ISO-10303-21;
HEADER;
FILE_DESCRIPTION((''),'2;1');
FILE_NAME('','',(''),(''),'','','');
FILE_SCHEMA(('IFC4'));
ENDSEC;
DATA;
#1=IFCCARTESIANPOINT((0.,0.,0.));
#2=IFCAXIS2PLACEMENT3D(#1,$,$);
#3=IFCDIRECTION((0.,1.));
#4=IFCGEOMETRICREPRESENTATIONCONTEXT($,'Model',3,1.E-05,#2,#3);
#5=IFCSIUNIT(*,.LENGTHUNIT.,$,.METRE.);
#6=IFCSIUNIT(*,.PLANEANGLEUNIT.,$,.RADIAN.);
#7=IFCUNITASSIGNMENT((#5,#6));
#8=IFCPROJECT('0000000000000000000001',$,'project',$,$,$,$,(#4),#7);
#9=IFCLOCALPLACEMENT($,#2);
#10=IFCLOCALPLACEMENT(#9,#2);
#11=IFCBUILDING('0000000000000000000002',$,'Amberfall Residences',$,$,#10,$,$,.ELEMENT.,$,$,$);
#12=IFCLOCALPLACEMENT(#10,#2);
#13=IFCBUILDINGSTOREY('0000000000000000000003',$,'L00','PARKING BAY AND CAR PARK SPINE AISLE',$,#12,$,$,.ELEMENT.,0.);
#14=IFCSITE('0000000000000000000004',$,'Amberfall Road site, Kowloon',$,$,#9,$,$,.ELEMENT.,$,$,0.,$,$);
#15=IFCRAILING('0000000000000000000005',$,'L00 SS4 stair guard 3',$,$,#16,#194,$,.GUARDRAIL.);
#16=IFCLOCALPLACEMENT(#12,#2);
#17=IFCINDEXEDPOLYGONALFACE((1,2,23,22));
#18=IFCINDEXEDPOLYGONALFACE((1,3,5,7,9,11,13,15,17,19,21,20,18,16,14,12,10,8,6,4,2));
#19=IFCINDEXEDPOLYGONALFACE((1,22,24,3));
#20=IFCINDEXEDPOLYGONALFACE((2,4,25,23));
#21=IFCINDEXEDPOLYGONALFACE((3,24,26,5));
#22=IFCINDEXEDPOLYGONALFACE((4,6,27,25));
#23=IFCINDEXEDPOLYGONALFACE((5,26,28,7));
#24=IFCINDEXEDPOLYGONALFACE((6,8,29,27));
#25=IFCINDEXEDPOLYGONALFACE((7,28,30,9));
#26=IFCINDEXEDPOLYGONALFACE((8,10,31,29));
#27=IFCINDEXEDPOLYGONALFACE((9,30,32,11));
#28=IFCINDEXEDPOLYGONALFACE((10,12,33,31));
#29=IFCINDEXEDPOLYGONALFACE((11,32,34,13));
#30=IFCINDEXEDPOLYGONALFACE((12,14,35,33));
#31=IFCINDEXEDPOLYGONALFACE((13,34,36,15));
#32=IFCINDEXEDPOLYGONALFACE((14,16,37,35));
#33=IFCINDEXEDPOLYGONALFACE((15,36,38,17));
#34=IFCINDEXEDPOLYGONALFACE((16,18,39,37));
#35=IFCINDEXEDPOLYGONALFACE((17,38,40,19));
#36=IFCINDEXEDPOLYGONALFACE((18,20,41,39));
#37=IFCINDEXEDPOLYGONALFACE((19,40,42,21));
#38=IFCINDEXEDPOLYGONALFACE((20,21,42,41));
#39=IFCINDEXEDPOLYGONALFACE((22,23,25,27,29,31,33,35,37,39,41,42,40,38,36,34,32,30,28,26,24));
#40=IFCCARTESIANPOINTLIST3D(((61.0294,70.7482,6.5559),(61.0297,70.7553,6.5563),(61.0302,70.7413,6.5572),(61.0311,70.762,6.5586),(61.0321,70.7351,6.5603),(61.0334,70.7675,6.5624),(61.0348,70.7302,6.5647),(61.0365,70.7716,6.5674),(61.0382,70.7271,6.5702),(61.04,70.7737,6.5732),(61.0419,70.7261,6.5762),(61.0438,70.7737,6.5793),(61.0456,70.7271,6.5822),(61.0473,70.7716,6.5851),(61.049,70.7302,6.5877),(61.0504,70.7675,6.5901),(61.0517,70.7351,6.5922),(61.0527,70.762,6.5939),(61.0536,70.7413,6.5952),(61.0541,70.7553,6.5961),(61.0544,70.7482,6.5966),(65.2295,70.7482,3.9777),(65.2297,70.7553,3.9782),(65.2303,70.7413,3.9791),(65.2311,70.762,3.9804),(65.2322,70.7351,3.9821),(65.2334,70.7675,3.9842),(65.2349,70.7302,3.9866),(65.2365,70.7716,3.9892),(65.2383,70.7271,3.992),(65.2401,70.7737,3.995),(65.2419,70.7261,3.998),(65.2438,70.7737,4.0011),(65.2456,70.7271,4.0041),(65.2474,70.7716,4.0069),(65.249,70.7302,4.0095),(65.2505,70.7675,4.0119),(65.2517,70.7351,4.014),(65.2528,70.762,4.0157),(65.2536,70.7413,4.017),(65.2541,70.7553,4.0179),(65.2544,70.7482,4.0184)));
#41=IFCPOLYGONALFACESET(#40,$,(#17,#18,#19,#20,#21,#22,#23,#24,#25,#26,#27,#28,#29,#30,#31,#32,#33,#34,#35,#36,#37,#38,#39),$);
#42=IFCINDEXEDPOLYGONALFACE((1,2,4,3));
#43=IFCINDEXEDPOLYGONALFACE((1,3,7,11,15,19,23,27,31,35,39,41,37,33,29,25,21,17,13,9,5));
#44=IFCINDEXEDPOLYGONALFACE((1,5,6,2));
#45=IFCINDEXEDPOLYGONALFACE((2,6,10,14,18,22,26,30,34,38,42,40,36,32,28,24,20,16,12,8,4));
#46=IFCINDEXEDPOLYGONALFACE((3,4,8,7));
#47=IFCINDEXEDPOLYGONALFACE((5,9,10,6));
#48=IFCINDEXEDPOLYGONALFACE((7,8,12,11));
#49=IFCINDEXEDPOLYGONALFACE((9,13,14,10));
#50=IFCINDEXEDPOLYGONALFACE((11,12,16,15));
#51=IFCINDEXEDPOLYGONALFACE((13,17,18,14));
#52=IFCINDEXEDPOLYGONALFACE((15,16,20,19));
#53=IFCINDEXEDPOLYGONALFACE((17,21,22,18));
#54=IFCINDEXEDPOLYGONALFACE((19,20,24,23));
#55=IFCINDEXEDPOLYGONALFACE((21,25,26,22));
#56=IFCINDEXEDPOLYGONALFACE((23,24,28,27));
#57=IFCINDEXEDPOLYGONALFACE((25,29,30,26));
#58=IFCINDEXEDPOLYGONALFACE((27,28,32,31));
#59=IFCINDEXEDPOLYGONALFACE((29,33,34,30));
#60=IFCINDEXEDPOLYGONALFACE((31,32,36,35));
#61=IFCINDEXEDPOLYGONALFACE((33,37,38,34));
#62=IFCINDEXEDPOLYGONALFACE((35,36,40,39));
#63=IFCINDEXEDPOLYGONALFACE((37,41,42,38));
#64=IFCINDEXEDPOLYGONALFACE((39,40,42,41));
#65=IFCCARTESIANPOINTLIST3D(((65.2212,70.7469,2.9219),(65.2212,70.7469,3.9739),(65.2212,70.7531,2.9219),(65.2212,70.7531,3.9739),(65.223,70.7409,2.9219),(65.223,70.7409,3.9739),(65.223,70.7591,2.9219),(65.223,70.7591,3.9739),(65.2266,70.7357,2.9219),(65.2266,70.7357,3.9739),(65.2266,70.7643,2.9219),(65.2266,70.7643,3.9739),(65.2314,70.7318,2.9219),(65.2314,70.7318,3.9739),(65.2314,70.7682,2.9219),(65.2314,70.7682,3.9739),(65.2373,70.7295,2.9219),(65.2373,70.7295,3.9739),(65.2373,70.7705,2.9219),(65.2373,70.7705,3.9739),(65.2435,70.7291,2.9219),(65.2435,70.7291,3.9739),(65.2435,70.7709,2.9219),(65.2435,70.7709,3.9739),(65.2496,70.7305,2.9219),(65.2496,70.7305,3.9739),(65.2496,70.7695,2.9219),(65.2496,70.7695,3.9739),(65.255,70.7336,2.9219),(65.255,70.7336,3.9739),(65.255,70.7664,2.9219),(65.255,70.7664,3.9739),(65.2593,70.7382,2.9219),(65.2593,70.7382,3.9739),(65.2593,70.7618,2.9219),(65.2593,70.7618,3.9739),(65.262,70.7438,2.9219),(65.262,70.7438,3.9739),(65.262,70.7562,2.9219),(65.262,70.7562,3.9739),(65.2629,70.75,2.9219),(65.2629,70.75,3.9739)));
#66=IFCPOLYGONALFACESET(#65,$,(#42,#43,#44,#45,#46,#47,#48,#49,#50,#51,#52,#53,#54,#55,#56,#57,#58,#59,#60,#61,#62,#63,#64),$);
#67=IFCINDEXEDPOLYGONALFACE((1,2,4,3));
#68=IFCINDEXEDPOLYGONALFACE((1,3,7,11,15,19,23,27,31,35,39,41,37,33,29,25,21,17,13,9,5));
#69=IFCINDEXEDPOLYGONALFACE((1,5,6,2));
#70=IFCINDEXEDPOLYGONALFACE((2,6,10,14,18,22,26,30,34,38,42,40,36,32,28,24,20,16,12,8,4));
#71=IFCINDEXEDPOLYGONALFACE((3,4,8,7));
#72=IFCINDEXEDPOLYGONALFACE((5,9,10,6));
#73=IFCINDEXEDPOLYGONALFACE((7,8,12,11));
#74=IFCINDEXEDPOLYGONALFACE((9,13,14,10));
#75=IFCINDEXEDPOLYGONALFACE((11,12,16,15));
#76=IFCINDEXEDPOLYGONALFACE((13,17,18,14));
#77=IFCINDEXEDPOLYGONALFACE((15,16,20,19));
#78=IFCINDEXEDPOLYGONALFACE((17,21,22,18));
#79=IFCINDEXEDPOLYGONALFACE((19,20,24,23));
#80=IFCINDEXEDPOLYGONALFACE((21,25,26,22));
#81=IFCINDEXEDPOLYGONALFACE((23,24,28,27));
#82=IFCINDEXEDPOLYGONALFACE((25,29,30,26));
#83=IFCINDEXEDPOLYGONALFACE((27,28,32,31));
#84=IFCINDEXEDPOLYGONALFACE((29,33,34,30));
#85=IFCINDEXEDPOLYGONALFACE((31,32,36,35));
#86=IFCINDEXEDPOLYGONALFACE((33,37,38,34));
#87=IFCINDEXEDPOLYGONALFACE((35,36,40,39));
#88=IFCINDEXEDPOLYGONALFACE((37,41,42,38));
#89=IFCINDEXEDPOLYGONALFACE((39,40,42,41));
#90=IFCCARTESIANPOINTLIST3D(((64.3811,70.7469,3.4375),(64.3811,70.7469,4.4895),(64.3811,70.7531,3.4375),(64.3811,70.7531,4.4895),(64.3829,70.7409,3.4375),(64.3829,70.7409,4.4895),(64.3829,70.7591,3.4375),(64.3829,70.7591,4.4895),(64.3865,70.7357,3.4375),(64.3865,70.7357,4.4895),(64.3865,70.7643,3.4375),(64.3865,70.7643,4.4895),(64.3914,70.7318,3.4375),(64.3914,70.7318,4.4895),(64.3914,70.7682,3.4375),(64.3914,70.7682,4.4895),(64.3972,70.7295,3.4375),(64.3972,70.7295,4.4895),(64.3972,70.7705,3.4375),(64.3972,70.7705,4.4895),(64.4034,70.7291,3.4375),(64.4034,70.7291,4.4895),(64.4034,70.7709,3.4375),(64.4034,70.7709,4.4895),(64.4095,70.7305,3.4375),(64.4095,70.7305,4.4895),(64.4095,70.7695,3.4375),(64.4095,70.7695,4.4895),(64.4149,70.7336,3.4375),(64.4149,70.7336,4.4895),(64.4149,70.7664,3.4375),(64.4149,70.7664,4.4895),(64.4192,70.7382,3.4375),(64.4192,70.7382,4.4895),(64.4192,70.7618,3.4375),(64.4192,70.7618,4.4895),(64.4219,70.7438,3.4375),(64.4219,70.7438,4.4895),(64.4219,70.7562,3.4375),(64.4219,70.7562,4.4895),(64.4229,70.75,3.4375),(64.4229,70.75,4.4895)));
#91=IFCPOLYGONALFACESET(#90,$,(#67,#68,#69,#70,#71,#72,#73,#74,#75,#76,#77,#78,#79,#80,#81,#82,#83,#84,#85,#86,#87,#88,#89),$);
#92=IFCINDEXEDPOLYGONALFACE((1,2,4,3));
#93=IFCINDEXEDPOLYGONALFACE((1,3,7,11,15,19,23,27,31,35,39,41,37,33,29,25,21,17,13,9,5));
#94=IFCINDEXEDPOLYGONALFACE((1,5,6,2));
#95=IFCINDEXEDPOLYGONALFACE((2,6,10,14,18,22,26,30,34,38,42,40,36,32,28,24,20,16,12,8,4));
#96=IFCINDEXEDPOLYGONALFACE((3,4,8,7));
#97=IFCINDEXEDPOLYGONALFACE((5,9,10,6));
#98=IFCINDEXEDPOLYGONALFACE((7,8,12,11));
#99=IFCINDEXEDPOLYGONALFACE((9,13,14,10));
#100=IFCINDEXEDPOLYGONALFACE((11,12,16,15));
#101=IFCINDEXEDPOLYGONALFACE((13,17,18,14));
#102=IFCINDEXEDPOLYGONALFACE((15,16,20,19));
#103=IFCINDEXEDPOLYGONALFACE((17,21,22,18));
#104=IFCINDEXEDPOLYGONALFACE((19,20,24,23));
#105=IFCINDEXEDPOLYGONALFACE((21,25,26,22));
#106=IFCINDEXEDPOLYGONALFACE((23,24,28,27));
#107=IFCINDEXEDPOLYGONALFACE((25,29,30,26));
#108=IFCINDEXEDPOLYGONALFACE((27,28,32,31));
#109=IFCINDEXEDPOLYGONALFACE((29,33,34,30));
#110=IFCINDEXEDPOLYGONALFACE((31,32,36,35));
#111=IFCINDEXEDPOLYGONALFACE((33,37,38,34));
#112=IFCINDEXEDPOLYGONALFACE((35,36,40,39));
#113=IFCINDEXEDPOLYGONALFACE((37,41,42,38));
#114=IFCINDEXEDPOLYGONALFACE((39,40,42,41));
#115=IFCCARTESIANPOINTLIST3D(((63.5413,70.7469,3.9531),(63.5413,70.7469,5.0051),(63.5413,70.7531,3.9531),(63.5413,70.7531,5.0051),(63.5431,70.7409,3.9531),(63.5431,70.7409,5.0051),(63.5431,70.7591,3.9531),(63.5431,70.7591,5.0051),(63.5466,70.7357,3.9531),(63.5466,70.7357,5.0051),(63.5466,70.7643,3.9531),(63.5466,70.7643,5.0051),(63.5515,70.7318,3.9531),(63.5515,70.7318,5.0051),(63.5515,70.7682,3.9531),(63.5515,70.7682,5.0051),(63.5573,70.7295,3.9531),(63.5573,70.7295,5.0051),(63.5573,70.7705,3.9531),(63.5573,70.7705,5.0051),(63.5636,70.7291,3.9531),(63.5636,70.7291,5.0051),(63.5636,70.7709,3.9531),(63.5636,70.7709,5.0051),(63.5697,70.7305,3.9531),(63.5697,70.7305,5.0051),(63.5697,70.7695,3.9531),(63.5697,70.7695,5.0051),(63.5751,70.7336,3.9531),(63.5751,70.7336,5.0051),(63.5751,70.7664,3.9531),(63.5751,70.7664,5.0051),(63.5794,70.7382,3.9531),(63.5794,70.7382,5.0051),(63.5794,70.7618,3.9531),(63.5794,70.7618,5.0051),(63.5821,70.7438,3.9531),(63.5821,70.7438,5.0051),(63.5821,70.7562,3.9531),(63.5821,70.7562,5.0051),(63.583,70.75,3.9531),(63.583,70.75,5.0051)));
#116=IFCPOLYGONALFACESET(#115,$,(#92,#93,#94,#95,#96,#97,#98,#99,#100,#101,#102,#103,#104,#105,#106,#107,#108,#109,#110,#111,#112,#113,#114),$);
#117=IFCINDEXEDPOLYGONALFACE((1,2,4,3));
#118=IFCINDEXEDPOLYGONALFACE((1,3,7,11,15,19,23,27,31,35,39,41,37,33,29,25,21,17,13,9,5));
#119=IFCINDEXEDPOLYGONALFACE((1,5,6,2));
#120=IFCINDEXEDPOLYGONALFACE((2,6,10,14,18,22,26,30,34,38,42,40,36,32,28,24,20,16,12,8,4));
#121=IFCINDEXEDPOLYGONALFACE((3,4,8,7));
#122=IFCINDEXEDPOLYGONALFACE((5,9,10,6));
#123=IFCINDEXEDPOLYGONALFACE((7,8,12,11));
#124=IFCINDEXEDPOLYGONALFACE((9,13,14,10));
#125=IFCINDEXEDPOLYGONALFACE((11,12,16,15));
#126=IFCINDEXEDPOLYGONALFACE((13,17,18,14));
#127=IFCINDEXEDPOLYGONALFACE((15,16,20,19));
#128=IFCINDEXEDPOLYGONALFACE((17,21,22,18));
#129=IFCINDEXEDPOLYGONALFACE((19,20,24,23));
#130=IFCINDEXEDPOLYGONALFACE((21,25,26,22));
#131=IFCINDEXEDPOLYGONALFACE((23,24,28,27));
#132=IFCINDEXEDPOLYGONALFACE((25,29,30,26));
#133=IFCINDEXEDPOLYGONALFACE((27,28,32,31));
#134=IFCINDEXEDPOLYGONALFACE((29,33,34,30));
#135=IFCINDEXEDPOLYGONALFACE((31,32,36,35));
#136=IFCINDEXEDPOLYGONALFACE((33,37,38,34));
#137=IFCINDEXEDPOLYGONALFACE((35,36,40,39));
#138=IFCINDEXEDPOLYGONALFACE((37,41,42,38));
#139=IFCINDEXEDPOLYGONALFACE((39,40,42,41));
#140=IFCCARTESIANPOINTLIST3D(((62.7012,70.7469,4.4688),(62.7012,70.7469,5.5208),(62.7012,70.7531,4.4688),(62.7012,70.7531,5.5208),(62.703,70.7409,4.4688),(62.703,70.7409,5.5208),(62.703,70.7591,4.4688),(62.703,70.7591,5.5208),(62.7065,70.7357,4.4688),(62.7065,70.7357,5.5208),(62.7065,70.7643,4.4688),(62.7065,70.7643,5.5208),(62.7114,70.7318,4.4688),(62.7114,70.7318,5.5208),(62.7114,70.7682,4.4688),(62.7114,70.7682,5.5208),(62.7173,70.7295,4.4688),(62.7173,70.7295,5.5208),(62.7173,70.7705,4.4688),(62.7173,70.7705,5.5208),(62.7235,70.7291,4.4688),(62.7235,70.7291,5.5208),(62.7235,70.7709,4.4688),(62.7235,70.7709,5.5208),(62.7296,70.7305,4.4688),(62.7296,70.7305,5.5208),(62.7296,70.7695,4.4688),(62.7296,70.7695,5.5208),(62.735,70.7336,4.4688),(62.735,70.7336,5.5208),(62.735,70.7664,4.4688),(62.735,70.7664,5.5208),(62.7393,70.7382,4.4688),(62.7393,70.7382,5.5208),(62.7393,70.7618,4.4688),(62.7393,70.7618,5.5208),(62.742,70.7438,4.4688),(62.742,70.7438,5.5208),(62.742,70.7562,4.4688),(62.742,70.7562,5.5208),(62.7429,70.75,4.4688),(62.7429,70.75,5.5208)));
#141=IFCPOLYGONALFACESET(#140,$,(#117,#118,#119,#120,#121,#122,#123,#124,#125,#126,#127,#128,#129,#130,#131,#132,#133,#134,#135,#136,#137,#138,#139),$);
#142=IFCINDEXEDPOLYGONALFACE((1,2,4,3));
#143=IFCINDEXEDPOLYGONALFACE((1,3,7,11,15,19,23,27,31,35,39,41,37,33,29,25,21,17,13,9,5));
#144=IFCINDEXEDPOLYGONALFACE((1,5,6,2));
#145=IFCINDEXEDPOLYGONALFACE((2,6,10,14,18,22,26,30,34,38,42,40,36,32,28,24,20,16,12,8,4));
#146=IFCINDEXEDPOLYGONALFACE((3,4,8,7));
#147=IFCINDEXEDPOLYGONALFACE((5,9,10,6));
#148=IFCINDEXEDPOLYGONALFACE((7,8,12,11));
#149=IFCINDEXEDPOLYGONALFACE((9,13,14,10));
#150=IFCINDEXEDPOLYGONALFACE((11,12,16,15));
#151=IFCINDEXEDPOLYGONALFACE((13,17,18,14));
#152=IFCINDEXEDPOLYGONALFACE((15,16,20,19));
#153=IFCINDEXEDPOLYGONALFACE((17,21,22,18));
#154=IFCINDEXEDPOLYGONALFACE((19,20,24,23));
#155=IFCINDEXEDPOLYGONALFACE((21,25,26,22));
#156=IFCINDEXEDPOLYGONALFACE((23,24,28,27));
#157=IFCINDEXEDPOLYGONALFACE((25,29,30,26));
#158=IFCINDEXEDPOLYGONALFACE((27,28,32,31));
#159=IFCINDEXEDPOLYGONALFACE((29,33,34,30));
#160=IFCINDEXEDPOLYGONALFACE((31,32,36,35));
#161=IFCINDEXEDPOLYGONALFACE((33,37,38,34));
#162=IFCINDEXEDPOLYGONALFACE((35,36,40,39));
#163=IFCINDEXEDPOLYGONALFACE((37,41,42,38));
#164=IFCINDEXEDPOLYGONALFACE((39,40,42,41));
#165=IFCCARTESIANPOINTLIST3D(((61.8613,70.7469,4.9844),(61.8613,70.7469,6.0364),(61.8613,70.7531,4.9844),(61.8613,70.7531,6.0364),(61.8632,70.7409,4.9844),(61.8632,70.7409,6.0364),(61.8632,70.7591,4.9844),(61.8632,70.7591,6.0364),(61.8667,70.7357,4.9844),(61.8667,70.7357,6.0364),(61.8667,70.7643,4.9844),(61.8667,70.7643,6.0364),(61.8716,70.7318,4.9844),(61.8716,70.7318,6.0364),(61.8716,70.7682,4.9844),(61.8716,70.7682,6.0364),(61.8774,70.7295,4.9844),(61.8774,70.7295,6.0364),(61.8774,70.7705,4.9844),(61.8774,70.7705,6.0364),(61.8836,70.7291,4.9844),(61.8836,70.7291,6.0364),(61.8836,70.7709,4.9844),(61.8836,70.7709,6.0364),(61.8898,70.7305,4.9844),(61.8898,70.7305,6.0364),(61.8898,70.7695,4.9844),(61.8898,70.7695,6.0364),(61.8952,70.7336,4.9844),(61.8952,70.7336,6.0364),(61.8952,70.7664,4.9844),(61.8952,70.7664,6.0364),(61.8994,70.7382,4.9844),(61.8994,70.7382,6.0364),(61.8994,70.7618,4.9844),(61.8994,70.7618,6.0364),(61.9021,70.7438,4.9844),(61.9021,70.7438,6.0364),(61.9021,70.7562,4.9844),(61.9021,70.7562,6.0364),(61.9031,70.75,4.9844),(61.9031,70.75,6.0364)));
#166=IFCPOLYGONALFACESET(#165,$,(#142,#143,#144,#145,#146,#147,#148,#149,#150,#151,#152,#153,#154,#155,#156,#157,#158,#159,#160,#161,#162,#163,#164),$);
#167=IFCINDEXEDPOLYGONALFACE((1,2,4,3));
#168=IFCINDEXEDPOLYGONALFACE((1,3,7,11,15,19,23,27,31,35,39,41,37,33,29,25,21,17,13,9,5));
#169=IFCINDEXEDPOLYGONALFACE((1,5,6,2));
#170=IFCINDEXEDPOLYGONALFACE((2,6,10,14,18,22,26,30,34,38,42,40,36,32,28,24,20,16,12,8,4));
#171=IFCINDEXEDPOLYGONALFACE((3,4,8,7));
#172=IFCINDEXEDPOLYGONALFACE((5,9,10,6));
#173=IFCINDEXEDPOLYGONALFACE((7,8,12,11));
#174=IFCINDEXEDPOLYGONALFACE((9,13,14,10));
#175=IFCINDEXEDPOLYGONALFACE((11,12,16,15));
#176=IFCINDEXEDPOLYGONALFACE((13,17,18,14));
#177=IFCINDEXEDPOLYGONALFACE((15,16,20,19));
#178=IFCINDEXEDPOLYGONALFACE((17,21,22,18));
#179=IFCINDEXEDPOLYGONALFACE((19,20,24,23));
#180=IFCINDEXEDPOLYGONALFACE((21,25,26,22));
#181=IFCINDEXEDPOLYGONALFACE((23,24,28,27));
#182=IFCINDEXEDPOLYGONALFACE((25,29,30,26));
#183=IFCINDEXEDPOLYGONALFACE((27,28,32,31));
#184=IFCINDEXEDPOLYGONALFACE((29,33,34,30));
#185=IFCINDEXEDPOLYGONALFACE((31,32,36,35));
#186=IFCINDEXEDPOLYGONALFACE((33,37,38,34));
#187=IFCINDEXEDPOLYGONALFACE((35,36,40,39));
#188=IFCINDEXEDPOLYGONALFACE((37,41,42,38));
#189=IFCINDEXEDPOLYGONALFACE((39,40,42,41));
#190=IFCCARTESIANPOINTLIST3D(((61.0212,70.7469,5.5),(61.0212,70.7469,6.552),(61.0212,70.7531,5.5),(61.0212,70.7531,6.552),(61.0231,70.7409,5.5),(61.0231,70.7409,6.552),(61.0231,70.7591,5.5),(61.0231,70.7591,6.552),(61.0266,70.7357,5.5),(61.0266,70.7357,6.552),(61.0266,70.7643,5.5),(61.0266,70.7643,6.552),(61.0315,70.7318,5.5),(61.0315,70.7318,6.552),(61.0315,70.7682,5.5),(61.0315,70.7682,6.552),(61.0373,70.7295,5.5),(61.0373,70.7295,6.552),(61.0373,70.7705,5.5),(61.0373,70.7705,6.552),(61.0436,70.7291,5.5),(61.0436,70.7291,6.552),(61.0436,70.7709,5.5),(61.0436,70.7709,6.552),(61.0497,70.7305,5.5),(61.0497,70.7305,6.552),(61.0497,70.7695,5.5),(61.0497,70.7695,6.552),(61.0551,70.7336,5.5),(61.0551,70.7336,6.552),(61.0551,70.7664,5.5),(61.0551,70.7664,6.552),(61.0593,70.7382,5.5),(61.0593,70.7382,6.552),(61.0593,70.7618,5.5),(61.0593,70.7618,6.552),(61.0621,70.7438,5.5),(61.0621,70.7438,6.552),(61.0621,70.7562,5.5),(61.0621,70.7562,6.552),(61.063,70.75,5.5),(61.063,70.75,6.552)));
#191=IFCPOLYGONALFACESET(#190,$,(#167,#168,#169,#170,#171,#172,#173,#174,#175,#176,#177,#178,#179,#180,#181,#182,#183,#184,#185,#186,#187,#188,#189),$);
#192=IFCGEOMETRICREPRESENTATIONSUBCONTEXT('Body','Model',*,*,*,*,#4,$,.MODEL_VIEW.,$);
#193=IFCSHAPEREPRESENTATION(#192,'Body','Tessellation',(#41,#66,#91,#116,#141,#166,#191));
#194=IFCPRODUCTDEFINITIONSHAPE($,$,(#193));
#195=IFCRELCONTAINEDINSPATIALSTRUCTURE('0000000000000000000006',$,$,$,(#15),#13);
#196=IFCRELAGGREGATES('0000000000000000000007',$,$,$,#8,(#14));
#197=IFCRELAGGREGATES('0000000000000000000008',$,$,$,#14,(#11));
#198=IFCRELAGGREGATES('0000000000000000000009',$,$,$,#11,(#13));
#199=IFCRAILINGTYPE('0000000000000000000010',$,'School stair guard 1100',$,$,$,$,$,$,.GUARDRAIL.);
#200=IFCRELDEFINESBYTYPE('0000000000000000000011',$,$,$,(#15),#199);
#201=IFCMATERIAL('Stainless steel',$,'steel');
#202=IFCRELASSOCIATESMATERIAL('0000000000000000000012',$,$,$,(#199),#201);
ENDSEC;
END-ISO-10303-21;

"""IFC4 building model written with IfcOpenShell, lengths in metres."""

from ifc_helpers import new_model, si_unit, direction, frame, origin, origin_2d, place, context, subcontext, project, spatial, circle, extrude, material, type_object, element, save


model = new_model("IFC4")

# Units and contexts
model_context = context("Model", 3, precision=1e-05, world=origin(), true_north=direction((0.0, 1.0)))
body_context = subcontext(model_context, "Body", "Model", "MODEL_VIEW")
ifc_project = project(units=[si_unit("LENGTHUNIT", "METRE"), si_unit("PLANEANGLEUNIT", "RADIAN")], contexts=[model_context])

# Site, building, storey
site_placement = place(None, origin())
site = spatial("IfcSite", under=ifc_project, at=site_placement, Name="Amberfall Road site, Kowloon", CompositionType="ELEMENT", RefElevation=0.0)
building_placement = place(site_placement, origin())
building = spatial("IfcBuilding", under=site, at=building_placement, Name="Amberfall Residences", CompositionType="ELEMENT")
storey_placement = place(building_placement, origin())
storey = spatial("IfcBuildingStorey", under=building, at=storey_placement, Name="L00", Description="PARKING BAY AND CAR PARK SPINE AISLE", CompositionType="ELEMENT", Elevation=0.0)

# Railing
ifc_material_1 = material(Name="Stainless steel", Category="steel")
railing_type_1 = type_object("IfcRailingType", Name="School stair guard 1100", PredefinedType="GUARDRAIL", material=ifc_material_1)
railing_1_placement = place(storey_placement, frame((65.2419, 70.75, 2.9219)))
element("IfcRailing", 1, at=railing_1_placement, inside=storey, type_object=railing_type_1, Name="L00 SS4 stair guard 3", PredefinedType="GUARDRAIL", context=body_context, shape_type="SweptSolid", body=[
    extrude(circle(Radius=0.0239, at=origin_2d()), frame((0.0, 0.0, 1.0762), z_axis=(-0.852243, 0.0, 0.523146), x_axis=(0.0, -1.0, 0.0)), (0.0, 0.0, 1.0), 4.9282),
    extrude(circle(Radius=0.021, at=origin_2d()), origin(), (0.0, 0.0, 1.0), 1.052),
    extrude(circle(Radius=0.021, at=origin_2d()), frame((-0.8401, 0.0, 0.5156)), (0.0, 0.0, 1.0), 1.052),
    extrude(circle(Radius=0.021, at=origin_2d()), frame((-1.6799, 0.0, 1.0312)), (0.0, 0.0, 1.0), 1.052),
    extrude(circle(Radius=0.021, at=origin_2d()), frame((-2.52, 0.0, 1.5469)), (0.0, 0.0, 1.0), 1.052),
    extrude(circle(Radius=0.021, at=origin_2d()), frame((-3.3599, 0.0, 2.0625)), (0.0, 0.0, 1.0), 1.052),
    extrude(circle(Radius=0.021, at=origin_2d()), frame((-4.2, 0.0, 2.5781)), (0.0, 0.0, 1.0), 1.052),
])

save(model, "model.ifc")
